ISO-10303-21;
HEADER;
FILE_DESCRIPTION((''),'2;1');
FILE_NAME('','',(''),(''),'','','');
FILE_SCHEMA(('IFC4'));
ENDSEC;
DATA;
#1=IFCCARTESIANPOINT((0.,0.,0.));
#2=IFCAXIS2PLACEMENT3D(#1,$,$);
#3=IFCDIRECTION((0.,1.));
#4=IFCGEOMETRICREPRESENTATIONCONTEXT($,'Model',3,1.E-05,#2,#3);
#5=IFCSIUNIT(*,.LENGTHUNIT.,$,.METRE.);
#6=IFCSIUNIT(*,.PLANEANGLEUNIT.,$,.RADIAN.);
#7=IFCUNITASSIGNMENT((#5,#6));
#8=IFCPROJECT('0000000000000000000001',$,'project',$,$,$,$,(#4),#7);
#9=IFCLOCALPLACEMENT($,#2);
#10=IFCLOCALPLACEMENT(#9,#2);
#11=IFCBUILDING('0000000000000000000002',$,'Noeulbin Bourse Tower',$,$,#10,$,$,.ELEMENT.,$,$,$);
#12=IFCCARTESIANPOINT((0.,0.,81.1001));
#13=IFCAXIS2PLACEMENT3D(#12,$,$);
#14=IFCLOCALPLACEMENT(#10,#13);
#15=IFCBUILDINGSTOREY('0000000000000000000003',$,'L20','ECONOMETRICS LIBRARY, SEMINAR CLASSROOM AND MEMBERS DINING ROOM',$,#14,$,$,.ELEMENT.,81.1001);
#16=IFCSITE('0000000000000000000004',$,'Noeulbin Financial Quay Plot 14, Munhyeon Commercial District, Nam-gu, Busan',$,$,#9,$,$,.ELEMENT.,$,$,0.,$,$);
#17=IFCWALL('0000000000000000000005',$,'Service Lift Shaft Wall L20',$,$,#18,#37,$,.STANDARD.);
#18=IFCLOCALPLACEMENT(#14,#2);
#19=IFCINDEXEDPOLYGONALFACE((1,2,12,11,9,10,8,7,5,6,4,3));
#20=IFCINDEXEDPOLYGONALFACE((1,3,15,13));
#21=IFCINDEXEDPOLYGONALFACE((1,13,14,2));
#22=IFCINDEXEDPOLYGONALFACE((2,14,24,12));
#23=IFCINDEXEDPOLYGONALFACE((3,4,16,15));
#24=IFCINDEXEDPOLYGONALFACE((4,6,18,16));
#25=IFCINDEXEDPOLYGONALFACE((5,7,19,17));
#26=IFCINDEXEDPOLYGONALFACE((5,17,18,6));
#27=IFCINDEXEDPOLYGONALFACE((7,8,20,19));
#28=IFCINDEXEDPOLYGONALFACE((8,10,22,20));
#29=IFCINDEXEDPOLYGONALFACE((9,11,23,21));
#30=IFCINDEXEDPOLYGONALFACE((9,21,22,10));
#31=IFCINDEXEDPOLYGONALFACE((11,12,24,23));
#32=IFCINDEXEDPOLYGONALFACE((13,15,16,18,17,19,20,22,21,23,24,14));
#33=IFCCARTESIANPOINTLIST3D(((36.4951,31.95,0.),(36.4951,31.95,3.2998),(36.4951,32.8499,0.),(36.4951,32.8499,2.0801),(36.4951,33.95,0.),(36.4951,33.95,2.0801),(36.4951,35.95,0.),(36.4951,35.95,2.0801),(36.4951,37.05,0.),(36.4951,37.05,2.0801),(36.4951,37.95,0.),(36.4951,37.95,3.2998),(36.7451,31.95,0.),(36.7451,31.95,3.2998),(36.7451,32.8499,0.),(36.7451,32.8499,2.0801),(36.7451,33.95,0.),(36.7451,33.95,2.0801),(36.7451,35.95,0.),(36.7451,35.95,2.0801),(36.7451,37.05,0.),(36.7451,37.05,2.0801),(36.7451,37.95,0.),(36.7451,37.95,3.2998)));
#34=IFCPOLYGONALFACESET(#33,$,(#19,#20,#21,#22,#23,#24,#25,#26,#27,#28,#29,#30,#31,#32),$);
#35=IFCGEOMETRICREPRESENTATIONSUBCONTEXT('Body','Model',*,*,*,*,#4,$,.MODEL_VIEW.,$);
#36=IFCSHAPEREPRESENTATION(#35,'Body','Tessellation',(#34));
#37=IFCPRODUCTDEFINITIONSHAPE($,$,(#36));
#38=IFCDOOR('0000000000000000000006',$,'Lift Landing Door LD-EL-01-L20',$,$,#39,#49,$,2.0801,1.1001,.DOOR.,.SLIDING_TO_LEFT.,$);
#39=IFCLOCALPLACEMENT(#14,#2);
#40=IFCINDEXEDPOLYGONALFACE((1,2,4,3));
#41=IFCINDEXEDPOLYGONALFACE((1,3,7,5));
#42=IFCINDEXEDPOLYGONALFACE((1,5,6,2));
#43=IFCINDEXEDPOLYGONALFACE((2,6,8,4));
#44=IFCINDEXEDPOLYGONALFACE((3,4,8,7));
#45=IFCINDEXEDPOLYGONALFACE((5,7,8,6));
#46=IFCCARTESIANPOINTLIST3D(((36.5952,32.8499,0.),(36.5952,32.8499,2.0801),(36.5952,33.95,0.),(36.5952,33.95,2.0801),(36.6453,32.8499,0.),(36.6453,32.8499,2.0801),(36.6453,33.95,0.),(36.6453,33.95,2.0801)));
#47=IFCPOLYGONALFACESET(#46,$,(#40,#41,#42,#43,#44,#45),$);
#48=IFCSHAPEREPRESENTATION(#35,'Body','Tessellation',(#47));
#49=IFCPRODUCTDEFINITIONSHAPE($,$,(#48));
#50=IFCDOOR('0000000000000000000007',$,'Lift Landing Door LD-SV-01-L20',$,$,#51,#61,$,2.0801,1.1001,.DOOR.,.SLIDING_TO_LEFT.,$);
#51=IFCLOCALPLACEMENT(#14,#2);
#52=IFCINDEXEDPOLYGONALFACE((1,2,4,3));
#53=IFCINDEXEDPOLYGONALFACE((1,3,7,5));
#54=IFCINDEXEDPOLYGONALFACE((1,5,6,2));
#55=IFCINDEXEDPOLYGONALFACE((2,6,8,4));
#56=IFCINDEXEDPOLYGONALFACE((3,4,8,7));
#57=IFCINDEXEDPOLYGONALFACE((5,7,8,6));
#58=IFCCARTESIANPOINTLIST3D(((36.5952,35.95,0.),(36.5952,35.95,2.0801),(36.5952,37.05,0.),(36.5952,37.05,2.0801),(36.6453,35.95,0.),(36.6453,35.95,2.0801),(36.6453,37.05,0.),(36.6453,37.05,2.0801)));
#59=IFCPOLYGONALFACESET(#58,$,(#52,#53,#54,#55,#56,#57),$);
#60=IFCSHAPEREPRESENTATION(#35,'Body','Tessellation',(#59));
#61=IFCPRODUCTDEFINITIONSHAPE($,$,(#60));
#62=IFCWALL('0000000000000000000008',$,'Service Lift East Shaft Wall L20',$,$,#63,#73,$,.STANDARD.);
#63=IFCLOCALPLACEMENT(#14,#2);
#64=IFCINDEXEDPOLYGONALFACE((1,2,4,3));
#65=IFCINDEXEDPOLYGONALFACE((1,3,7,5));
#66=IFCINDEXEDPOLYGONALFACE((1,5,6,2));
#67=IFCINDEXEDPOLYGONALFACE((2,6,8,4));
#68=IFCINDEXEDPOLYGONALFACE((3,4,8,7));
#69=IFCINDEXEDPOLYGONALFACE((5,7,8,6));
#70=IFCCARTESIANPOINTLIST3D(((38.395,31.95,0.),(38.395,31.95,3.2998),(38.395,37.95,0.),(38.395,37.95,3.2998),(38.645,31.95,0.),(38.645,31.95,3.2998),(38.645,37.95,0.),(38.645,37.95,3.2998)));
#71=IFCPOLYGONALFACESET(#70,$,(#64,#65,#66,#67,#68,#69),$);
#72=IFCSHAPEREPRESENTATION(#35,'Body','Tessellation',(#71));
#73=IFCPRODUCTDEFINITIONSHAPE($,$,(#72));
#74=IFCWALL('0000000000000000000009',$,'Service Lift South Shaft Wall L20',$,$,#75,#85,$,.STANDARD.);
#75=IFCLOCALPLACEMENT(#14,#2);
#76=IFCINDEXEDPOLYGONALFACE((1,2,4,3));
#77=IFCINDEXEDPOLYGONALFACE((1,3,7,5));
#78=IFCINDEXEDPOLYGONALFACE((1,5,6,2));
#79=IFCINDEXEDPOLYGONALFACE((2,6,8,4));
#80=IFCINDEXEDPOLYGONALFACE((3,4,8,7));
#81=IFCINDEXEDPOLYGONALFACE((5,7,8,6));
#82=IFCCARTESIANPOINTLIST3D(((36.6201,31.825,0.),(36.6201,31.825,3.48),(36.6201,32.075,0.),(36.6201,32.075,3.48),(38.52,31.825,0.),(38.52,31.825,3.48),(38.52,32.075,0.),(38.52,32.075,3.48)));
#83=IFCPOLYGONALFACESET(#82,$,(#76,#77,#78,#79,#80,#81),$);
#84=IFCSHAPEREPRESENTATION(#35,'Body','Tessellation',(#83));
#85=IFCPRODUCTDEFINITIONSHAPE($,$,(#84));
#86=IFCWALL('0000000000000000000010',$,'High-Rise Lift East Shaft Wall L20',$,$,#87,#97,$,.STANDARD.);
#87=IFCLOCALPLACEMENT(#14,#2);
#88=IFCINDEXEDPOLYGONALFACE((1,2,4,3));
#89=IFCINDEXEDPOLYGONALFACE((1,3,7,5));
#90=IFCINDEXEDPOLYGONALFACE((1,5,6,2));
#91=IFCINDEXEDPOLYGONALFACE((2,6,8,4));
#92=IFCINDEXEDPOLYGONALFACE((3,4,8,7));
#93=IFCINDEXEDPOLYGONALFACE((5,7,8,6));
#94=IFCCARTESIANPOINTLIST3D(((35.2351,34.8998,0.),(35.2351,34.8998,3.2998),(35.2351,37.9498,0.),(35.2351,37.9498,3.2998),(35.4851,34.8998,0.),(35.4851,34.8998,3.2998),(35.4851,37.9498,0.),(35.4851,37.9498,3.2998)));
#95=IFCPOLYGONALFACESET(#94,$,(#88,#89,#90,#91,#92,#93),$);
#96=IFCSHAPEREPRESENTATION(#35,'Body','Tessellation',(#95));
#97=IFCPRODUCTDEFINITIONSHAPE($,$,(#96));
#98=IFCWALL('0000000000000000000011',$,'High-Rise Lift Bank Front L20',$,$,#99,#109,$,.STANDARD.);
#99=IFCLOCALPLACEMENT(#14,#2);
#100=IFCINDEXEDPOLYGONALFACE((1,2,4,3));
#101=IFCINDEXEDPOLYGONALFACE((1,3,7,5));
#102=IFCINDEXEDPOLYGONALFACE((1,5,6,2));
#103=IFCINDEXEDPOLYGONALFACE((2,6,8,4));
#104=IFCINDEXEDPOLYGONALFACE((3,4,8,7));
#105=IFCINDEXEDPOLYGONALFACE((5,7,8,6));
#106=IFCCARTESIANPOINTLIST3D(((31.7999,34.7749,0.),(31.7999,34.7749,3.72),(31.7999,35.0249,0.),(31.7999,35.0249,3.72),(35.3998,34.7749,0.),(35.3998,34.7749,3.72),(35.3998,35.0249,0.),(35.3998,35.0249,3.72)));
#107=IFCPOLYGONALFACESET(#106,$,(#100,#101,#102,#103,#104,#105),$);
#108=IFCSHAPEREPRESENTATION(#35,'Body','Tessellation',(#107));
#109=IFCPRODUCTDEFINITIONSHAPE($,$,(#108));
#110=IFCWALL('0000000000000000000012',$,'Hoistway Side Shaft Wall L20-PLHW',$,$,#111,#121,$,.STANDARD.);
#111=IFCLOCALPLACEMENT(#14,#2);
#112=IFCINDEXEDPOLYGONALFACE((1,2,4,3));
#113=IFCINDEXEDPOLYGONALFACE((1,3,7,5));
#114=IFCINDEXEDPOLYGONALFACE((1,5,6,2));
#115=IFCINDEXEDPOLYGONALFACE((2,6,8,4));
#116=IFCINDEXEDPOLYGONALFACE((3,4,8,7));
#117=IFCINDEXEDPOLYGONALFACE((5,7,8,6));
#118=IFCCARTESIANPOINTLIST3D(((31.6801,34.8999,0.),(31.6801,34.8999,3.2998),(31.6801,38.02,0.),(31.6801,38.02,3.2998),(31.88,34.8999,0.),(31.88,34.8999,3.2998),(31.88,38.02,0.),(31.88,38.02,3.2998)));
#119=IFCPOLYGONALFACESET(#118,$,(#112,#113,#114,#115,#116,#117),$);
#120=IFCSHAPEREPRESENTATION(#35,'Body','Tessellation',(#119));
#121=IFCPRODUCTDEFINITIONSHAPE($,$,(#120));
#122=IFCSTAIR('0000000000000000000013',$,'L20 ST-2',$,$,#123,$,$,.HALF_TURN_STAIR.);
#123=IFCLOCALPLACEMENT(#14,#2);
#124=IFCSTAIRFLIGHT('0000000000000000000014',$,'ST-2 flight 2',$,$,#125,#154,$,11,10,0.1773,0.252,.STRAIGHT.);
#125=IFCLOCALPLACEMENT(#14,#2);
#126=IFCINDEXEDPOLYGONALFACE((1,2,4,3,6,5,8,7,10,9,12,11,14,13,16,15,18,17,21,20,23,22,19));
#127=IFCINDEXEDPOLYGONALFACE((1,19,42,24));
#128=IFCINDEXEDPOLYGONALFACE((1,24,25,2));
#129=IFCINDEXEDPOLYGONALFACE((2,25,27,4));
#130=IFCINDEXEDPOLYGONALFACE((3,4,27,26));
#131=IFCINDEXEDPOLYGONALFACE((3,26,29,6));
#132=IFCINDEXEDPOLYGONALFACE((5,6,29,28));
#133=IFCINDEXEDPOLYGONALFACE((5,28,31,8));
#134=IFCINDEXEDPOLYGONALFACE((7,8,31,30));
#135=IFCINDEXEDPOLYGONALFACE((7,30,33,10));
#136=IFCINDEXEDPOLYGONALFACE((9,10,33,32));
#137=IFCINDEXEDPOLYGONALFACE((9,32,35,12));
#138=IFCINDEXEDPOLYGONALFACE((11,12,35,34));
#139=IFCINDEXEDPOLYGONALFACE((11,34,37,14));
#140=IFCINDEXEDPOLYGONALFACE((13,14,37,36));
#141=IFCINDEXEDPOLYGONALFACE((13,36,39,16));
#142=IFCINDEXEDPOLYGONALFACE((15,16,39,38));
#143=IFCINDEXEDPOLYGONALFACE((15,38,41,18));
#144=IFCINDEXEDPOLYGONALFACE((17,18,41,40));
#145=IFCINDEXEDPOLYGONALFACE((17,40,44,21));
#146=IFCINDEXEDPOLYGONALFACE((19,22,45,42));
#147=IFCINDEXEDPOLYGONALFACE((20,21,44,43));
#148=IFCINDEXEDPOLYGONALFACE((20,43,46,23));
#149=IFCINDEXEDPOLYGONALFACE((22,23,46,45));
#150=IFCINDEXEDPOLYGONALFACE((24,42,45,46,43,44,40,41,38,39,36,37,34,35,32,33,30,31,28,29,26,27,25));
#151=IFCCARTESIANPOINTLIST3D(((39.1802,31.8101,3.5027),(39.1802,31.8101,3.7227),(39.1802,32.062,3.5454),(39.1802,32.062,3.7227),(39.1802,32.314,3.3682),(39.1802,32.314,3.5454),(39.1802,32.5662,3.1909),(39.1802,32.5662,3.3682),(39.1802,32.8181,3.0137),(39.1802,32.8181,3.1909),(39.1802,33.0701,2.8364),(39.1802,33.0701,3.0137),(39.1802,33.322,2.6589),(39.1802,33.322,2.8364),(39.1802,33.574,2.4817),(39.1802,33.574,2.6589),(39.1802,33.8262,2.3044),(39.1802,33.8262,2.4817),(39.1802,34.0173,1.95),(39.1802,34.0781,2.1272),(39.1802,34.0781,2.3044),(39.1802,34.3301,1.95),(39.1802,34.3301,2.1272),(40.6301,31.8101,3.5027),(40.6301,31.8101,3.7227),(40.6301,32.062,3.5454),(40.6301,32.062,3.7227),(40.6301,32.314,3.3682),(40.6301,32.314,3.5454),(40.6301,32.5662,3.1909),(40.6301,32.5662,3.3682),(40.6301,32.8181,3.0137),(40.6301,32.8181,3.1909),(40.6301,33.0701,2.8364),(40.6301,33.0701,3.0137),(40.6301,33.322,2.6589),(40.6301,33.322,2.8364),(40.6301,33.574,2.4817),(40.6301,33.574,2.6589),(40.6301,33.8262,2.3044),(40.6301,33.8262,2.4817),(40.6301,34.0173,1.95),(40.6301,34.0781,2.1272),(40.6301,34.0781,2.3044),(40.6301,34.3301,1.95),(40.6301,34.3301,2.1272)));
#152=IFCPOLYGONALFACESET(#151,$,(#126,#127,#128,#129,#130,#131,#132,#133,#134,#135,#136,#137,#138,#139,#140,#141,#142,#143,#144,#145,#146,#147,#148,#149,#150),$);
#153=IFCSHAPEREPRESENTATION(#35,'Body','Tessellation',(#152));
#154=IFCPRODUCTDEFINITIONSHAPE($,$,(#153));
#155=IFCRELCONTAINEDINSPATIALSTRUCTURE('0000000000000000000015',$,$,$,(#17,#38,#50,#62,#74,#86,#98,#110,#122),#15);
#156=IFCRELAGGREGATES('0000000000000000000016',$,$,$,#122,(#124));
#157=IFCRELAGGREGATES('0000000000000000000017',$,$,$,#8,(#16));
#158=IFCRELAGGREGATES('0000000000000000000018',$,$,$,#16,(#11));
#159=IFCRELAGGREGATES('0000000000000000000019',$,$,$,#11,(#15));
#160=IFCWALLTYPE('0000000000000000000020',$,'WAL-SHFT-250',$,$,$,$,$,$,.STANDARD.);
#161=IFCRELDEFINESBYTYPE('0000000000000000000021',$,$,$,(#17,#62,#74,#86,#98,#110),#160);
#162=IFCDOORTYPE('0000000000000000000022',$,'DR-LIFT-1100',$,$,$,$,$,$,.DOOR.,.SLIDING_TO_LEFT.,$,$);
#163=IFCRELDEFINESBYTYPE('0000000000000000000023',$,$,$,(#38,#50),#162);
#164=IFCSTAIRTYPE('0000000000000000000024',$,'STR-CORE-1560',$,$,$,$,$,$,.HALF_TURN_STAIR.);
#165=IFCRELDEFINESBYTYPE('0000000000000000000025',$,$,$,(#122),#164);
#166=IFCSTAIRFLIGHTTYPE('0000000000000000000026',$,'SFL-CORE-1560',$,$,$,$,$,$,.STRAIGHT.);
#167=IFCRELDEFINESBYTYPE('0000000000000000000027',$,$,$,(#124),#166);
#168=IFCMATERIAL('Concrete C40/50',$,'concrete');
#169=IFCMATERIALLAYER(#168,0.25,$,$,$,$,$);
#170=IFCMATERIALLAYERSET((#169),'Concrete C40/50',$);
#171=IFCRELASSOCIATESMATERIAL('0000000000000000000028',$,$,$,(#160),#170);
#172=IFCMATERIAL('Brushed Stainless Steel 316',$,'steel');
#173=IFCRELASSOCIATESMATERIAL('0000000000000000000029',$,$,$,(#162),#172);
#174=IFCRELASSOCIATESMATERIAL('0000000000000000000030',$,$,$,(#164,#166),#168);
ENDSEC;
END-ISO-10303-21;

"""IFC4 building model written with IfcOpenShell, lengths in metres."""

from ifc_helpers import new_model, si_unit, direction, frame, frame_2d, origin, place, context, subcontext, project, spatial, polyline, rectangle, outline, extrude, material, layer, layer_set, type_object, element, fill, aggregate, save


model = new_model("IFC4")

# Units and contexts
model_context = context("Model", 3, precision=1e-05, world=origin(), true_north=direction((0.0, 1.0)))
body_context = subcontext(model_context, "Body", "Model", "MODEL_VIEW")
ifc_project = project(units=[si_unit("LENGTHUNIT", "METRE"), si_unit("PLANEANGLEUNIT", "RADIAN")], contexts=[model_context])

# Site, building, storey
site_placement = place(None, origin())
site = spatial("IfcSite", under=ifc_project, at=site_placement, Name="Noeulbin Financial Quay Plot 14, Munhyeon Commercial District, Nam-gu, Busan", CompositionType="ELEMENT", RefElevation=0.0)
building_placement = place(site_placement, origin())
building = spatial("IfcBuilding", under=site, at=building_placement, Name="Noeulbin Bourse Tower", CompositionType="ELEMENT")
storey_placement = place(building_placement, frame((0.0, 0.0, 81.1001)))
storey = spatial("IfcBuildingStorey", under=building, at=storey_placement, Name="L20", Description="ECONOMETRICS LIBRARY, SEMINAR CLASSROOM AND MEMBERS DINING ROOM", CompositionType="ELEMENT", Elevation=81.1001)

# Shared definitions
ifc_material_1 = material(Name="Concrete C40/50", Category="concrete")

# Shared definitions
ifc_layer_1 = layer(ifc_material_1, 0.25)
ifc_layer_set_1 = layer_set([ifc_layer_1], Name="Concrete C40/50")
wall_type_1 = type_object("IfcWallType", Name="WAL-SHFT-250", PredefinedType="STANDARD", material=ifc_layer_set_1)

# Wall, openings, doors
wall_1_placement = place(storey_placement, frame((36.6201, 31.95, 0.0), z_axis=(0.0, 0.0, 1.0), x_axis=(0.0, 1.0, 0.0)))
wall_1 = element("IfcWall", 1, at=wall_1_placement, inside=storey, type_object=wall_type_1, Name="Service Lift Shaft Wall L20", PredefinedType="STANDARD", context=body_context, shape_type="SweptSolid", body=[
    extrude(rectangle(XDim=6.0, YDim=0.25, at=frame_2d((3.0, 0.0))), origin(), (0.0, 0.0, 1.0), 3.2998),
])
opening_1_placement = place(wall_1_placement, frame((0.8999, 0.0, 0.0)))
opening_1 = element("IfcOpeningElement", 2, at=opening_1_placement, cuts=wall_1, PredefinedType="OPENING", context=body_context, shape_type="SweptSolid", body=[
    extrude(rectangle(XDim=1.1001, YDim=2.0801, at=frame_2d((0.55, 1.04))), frame((0.0, 0.135, 0.0), z_axis=(0.0, -1.0, 0.0), x_axis=(1.0, 0.0, 0.0)), (0.0, 0.0, 1.0), 0.27),
])
opening_2_placement = place(wall_1_placement, frame((4.0, 0.0, 0.0)))
opening_2 = element("IfcOpeningElement", 3, at=opening_2_placement, cuts=wall_1, PredefinedType="OPENING", context=body_context, shape_type="SweptSolid", body=[
    extrude(rectangle(XDim=1.1001, YDim=2.0801, at=frame_2d((0.55, 1.04))), frame((0.0, 0.135, 0.0), z_axis=(0.0, -1.0, 0.0), x_axis=(1.0, 0.0, 0.0)), (0.0, 0.0, 1.0), 0.27),
])
ifc_material_2 = material(Name="Brushed Stainless Steel 316", Category="steel")
door_type_1 = type_object("IfcDoorType", Name="DR-LIFT-1100", OperationType="SLIDING_TO_LEFT", PredefinedType="DOOR", material=ifc_material_2)
door_1_placement = place(opening_1_placement, origin())
door_1 = element("IfcDoor", 4, at=door_1_placement, inside=storey, type_object=door_type_1, Name="Lift Landing Door LD-EL-01-L20", OperationType="SLIDING_TO_LEFT", OverallHeight=2.0801, OverallWidth=1.1001, PredefinedType="DOOR", context=body_context, shape_type="SweptSolid", body=[
    extrude(rectangle(XDim=1.1001, YDim=2.0801, at=frame_2d((0.55, 1.04))), frame((0.0, 0.0249, 0.0), z_axis=(0.0, -1.0, 0.0), x_axis=(1.0, 0.0, 0.0)), (0.0, 0.0, 1.0), 0.05),
])
fill(opening_1, door_1)
door_2_placement = place(opening_2_placement, origin())
door_2 = element("IfcDoor", 5, at=door_2_placement, inside=storey, type_object=door_type_1, Name="Lift Landing Door LD-SV-01-L20", OperationType="SLIDING_TO_LEFT", OverallHeight=2.0801, OverallWidth=1.1001, PredefinedType="DOOR", context=body_context, shape_type="SweptSolid", body=[
    extrude(rectangle(XDim=1.1001, YDim=2.0801, at=frame_2d((0.55, 1.04))), frame((0.0, 0.0249, 0.0), z_axis=(0.0, -1.0, 0.0), x_axis=(1.0, 0.0, 0.0)), (0.0, 0.0, 1.0), 0.05),
])
fill(opening_2, door_2)

# Walls
wall_2_placement = place(storey_placement, frame((38.52, 31.95, 0.0), z_axis=(0.0, 0.0, 1.0), x_axis=(0.0, 1.0, 0.0)))
element("IfcWall", 6, at=wall_2_placement, inside=storey, type_object=wall_type_1, Name="Service Lift East Shaft Wall L20", PredefinedType="STANDARD", context=body_context, shape_type="SweptSolid", body=[
    extrude(rectangle(XDim=6.0, YDim=0.25, at=frame_2d((3.0, 0.0))), origin(), (0.0, 0.0, 1.0), 3.2998),
])
wall_3_placement = place(storey_placement, frame((36.6201, 31.95, 0.0), z_axis=(0.0, 0.0, 1.0), x_axis=(1.0, 0.0, 0.0)))
element("IfcWall", 7, at=wall_3_placement, inside=storey, type_object=wall_type_1, Name="Service Lift South Shaft Wall L20", PredefinedType="STANDARD", context=body_context, shape_type="SweptSolid", body=[
    extrude(rectangle(XDim=1.8999, YDim=0.25, at=frame_2d((0.95, 0.0))), origin(), (0.0, 0.0, 1.0), 3.48),
])
wall_4_placement = place(storey_placement, frame((35.3601, 34.8999, 0.0), z_axis=(0.0, 0.0, 1.0), x_axis=(0.0, 1.0, 0.0)))
element("IfcWall", 8, at=wall_4_placement, inside=storey, type_object=wall_type_1, Name="High-Rise Lift East Shaft Wall L20", PredefinedType="STANDARD", context=body_context, shape_type="SweptSolid", body=[
    extrude(rectangle(XDim=3.05, YDim=0.25, at=frame_2d((1.5249, 0.0))), origin(), (0.0, 0.0, 1.0), 3.2998),
])
wall_5_placement = place(storey_placement, frame((31.8, 34.8999, 0.0), z_axis=(0.0, 0.0, 1.0), x_axis=(1.0, 0.0, 0.0)))
element("IfcWall", 9, at=wall_5_placement, inside=storey, type_object=wall_type_1, Name="High-Rise Lift Bank Front L20", PredefinedType="STANDARD", context=body_context, shape_type="SweptSolid", body=[
    extrude(rectangle(XDim=3.5999, YDim=0.25, at=frame_2d((1.7998, 0.0))), origin(), (0.0, 0.0, 1.0), 3.72),
])
wall_6_placement = place(storey_placement, frame((31.78, 34.8999, 0.0), z_axis=(0.0, 0.0, 1.0), x_axis=(0.0, 1.0, 0.0)))
element("IfcWall", 10, at=wall_6_placement, inside=storey, type_object=wall_type_1, Name="Hoistway Side Shaft Wall L20-PLHW", PredefinedType="STANDARD", context=body_context, shape_type="SweptSolid", body=[
    extrude(rectangle(XDim=3.1201, YDim=0.2, at=frame_2d((1.5601, 0.0))), origin(), (0.0, 0.0, 1.0), 3.2998),
])

# Stair, stair flight
stair_type = type_object("IfcStairType", Name="STR-CORE-1560", PredefinedType="HALF_TURN_STAIR", material=ifc_material_1)
stair_placement = place(storey_placement, origin())
stair = element("IfcStair", 11, at=stair_placement, inside=storey, type_object=stair_type, Name="L20 ST-2", PredefinedType="HALF_TURN_STAIR")
stair_flight_type = type_object("IfcStairFlightType", Name="SFL-CORE-1560", PredefinedType="STRAIGHT", material=ifc_material_1)
stair_flight_placement = place(storey_placement, frame((39.905, 34.3301, 1.95), z_axis=(0.0, 0.0, 1.0), x_axis=(0.0, -1.0, 0.0)))
stair_flight = element("IfcStairFlight", 12, at=stair_flight_placement, type_object=stair_flight_type, Name="ST-2 flight 2", NumberOfRisers=11, NumberOfTreads=10, PredefinedType="STRAIGHT", RiserHeight=0.1773, TreadLength=0.252, context=body_context, shape_type="SweptSolid", body=[
    extrude(outline(polyline([(0.0, 0.0), (0.0, 0.1772), (0.252, 0.1772), (0.252, 0.3545), (0.5039, 0.3545), (0.5039, 0.5317), (0.7561, 0.5317), (0.7561, 0.709), (1.0081, 0.709), (1.0081, 0.8865), (1.26, 0.8865), (1.26, 1.0637), (1.512, 1.0637), (1.512, 1.241), (1.7639, 1.241), (1.7639, 1.4182), (2.0161, 1.4182), (2.0161, 1.5955), (2.2681, 1.5955), (2.2681, 1.7727), (2.52, 1.7727), (2.52, 1.95), (2.52, 1.5527), (0.3127, 0.0), (0.0, 0.0)])), frame((0.0, 0.7251, 0.0), z_axis=(0.0, -1.0, 0.0), x_axis=(1.0, 0.0, 0.0)), (0.0, 0.0, 1.0), 1.45),
])
aggregate(stair, [stair_flight])

save(model, "model.ifc")
